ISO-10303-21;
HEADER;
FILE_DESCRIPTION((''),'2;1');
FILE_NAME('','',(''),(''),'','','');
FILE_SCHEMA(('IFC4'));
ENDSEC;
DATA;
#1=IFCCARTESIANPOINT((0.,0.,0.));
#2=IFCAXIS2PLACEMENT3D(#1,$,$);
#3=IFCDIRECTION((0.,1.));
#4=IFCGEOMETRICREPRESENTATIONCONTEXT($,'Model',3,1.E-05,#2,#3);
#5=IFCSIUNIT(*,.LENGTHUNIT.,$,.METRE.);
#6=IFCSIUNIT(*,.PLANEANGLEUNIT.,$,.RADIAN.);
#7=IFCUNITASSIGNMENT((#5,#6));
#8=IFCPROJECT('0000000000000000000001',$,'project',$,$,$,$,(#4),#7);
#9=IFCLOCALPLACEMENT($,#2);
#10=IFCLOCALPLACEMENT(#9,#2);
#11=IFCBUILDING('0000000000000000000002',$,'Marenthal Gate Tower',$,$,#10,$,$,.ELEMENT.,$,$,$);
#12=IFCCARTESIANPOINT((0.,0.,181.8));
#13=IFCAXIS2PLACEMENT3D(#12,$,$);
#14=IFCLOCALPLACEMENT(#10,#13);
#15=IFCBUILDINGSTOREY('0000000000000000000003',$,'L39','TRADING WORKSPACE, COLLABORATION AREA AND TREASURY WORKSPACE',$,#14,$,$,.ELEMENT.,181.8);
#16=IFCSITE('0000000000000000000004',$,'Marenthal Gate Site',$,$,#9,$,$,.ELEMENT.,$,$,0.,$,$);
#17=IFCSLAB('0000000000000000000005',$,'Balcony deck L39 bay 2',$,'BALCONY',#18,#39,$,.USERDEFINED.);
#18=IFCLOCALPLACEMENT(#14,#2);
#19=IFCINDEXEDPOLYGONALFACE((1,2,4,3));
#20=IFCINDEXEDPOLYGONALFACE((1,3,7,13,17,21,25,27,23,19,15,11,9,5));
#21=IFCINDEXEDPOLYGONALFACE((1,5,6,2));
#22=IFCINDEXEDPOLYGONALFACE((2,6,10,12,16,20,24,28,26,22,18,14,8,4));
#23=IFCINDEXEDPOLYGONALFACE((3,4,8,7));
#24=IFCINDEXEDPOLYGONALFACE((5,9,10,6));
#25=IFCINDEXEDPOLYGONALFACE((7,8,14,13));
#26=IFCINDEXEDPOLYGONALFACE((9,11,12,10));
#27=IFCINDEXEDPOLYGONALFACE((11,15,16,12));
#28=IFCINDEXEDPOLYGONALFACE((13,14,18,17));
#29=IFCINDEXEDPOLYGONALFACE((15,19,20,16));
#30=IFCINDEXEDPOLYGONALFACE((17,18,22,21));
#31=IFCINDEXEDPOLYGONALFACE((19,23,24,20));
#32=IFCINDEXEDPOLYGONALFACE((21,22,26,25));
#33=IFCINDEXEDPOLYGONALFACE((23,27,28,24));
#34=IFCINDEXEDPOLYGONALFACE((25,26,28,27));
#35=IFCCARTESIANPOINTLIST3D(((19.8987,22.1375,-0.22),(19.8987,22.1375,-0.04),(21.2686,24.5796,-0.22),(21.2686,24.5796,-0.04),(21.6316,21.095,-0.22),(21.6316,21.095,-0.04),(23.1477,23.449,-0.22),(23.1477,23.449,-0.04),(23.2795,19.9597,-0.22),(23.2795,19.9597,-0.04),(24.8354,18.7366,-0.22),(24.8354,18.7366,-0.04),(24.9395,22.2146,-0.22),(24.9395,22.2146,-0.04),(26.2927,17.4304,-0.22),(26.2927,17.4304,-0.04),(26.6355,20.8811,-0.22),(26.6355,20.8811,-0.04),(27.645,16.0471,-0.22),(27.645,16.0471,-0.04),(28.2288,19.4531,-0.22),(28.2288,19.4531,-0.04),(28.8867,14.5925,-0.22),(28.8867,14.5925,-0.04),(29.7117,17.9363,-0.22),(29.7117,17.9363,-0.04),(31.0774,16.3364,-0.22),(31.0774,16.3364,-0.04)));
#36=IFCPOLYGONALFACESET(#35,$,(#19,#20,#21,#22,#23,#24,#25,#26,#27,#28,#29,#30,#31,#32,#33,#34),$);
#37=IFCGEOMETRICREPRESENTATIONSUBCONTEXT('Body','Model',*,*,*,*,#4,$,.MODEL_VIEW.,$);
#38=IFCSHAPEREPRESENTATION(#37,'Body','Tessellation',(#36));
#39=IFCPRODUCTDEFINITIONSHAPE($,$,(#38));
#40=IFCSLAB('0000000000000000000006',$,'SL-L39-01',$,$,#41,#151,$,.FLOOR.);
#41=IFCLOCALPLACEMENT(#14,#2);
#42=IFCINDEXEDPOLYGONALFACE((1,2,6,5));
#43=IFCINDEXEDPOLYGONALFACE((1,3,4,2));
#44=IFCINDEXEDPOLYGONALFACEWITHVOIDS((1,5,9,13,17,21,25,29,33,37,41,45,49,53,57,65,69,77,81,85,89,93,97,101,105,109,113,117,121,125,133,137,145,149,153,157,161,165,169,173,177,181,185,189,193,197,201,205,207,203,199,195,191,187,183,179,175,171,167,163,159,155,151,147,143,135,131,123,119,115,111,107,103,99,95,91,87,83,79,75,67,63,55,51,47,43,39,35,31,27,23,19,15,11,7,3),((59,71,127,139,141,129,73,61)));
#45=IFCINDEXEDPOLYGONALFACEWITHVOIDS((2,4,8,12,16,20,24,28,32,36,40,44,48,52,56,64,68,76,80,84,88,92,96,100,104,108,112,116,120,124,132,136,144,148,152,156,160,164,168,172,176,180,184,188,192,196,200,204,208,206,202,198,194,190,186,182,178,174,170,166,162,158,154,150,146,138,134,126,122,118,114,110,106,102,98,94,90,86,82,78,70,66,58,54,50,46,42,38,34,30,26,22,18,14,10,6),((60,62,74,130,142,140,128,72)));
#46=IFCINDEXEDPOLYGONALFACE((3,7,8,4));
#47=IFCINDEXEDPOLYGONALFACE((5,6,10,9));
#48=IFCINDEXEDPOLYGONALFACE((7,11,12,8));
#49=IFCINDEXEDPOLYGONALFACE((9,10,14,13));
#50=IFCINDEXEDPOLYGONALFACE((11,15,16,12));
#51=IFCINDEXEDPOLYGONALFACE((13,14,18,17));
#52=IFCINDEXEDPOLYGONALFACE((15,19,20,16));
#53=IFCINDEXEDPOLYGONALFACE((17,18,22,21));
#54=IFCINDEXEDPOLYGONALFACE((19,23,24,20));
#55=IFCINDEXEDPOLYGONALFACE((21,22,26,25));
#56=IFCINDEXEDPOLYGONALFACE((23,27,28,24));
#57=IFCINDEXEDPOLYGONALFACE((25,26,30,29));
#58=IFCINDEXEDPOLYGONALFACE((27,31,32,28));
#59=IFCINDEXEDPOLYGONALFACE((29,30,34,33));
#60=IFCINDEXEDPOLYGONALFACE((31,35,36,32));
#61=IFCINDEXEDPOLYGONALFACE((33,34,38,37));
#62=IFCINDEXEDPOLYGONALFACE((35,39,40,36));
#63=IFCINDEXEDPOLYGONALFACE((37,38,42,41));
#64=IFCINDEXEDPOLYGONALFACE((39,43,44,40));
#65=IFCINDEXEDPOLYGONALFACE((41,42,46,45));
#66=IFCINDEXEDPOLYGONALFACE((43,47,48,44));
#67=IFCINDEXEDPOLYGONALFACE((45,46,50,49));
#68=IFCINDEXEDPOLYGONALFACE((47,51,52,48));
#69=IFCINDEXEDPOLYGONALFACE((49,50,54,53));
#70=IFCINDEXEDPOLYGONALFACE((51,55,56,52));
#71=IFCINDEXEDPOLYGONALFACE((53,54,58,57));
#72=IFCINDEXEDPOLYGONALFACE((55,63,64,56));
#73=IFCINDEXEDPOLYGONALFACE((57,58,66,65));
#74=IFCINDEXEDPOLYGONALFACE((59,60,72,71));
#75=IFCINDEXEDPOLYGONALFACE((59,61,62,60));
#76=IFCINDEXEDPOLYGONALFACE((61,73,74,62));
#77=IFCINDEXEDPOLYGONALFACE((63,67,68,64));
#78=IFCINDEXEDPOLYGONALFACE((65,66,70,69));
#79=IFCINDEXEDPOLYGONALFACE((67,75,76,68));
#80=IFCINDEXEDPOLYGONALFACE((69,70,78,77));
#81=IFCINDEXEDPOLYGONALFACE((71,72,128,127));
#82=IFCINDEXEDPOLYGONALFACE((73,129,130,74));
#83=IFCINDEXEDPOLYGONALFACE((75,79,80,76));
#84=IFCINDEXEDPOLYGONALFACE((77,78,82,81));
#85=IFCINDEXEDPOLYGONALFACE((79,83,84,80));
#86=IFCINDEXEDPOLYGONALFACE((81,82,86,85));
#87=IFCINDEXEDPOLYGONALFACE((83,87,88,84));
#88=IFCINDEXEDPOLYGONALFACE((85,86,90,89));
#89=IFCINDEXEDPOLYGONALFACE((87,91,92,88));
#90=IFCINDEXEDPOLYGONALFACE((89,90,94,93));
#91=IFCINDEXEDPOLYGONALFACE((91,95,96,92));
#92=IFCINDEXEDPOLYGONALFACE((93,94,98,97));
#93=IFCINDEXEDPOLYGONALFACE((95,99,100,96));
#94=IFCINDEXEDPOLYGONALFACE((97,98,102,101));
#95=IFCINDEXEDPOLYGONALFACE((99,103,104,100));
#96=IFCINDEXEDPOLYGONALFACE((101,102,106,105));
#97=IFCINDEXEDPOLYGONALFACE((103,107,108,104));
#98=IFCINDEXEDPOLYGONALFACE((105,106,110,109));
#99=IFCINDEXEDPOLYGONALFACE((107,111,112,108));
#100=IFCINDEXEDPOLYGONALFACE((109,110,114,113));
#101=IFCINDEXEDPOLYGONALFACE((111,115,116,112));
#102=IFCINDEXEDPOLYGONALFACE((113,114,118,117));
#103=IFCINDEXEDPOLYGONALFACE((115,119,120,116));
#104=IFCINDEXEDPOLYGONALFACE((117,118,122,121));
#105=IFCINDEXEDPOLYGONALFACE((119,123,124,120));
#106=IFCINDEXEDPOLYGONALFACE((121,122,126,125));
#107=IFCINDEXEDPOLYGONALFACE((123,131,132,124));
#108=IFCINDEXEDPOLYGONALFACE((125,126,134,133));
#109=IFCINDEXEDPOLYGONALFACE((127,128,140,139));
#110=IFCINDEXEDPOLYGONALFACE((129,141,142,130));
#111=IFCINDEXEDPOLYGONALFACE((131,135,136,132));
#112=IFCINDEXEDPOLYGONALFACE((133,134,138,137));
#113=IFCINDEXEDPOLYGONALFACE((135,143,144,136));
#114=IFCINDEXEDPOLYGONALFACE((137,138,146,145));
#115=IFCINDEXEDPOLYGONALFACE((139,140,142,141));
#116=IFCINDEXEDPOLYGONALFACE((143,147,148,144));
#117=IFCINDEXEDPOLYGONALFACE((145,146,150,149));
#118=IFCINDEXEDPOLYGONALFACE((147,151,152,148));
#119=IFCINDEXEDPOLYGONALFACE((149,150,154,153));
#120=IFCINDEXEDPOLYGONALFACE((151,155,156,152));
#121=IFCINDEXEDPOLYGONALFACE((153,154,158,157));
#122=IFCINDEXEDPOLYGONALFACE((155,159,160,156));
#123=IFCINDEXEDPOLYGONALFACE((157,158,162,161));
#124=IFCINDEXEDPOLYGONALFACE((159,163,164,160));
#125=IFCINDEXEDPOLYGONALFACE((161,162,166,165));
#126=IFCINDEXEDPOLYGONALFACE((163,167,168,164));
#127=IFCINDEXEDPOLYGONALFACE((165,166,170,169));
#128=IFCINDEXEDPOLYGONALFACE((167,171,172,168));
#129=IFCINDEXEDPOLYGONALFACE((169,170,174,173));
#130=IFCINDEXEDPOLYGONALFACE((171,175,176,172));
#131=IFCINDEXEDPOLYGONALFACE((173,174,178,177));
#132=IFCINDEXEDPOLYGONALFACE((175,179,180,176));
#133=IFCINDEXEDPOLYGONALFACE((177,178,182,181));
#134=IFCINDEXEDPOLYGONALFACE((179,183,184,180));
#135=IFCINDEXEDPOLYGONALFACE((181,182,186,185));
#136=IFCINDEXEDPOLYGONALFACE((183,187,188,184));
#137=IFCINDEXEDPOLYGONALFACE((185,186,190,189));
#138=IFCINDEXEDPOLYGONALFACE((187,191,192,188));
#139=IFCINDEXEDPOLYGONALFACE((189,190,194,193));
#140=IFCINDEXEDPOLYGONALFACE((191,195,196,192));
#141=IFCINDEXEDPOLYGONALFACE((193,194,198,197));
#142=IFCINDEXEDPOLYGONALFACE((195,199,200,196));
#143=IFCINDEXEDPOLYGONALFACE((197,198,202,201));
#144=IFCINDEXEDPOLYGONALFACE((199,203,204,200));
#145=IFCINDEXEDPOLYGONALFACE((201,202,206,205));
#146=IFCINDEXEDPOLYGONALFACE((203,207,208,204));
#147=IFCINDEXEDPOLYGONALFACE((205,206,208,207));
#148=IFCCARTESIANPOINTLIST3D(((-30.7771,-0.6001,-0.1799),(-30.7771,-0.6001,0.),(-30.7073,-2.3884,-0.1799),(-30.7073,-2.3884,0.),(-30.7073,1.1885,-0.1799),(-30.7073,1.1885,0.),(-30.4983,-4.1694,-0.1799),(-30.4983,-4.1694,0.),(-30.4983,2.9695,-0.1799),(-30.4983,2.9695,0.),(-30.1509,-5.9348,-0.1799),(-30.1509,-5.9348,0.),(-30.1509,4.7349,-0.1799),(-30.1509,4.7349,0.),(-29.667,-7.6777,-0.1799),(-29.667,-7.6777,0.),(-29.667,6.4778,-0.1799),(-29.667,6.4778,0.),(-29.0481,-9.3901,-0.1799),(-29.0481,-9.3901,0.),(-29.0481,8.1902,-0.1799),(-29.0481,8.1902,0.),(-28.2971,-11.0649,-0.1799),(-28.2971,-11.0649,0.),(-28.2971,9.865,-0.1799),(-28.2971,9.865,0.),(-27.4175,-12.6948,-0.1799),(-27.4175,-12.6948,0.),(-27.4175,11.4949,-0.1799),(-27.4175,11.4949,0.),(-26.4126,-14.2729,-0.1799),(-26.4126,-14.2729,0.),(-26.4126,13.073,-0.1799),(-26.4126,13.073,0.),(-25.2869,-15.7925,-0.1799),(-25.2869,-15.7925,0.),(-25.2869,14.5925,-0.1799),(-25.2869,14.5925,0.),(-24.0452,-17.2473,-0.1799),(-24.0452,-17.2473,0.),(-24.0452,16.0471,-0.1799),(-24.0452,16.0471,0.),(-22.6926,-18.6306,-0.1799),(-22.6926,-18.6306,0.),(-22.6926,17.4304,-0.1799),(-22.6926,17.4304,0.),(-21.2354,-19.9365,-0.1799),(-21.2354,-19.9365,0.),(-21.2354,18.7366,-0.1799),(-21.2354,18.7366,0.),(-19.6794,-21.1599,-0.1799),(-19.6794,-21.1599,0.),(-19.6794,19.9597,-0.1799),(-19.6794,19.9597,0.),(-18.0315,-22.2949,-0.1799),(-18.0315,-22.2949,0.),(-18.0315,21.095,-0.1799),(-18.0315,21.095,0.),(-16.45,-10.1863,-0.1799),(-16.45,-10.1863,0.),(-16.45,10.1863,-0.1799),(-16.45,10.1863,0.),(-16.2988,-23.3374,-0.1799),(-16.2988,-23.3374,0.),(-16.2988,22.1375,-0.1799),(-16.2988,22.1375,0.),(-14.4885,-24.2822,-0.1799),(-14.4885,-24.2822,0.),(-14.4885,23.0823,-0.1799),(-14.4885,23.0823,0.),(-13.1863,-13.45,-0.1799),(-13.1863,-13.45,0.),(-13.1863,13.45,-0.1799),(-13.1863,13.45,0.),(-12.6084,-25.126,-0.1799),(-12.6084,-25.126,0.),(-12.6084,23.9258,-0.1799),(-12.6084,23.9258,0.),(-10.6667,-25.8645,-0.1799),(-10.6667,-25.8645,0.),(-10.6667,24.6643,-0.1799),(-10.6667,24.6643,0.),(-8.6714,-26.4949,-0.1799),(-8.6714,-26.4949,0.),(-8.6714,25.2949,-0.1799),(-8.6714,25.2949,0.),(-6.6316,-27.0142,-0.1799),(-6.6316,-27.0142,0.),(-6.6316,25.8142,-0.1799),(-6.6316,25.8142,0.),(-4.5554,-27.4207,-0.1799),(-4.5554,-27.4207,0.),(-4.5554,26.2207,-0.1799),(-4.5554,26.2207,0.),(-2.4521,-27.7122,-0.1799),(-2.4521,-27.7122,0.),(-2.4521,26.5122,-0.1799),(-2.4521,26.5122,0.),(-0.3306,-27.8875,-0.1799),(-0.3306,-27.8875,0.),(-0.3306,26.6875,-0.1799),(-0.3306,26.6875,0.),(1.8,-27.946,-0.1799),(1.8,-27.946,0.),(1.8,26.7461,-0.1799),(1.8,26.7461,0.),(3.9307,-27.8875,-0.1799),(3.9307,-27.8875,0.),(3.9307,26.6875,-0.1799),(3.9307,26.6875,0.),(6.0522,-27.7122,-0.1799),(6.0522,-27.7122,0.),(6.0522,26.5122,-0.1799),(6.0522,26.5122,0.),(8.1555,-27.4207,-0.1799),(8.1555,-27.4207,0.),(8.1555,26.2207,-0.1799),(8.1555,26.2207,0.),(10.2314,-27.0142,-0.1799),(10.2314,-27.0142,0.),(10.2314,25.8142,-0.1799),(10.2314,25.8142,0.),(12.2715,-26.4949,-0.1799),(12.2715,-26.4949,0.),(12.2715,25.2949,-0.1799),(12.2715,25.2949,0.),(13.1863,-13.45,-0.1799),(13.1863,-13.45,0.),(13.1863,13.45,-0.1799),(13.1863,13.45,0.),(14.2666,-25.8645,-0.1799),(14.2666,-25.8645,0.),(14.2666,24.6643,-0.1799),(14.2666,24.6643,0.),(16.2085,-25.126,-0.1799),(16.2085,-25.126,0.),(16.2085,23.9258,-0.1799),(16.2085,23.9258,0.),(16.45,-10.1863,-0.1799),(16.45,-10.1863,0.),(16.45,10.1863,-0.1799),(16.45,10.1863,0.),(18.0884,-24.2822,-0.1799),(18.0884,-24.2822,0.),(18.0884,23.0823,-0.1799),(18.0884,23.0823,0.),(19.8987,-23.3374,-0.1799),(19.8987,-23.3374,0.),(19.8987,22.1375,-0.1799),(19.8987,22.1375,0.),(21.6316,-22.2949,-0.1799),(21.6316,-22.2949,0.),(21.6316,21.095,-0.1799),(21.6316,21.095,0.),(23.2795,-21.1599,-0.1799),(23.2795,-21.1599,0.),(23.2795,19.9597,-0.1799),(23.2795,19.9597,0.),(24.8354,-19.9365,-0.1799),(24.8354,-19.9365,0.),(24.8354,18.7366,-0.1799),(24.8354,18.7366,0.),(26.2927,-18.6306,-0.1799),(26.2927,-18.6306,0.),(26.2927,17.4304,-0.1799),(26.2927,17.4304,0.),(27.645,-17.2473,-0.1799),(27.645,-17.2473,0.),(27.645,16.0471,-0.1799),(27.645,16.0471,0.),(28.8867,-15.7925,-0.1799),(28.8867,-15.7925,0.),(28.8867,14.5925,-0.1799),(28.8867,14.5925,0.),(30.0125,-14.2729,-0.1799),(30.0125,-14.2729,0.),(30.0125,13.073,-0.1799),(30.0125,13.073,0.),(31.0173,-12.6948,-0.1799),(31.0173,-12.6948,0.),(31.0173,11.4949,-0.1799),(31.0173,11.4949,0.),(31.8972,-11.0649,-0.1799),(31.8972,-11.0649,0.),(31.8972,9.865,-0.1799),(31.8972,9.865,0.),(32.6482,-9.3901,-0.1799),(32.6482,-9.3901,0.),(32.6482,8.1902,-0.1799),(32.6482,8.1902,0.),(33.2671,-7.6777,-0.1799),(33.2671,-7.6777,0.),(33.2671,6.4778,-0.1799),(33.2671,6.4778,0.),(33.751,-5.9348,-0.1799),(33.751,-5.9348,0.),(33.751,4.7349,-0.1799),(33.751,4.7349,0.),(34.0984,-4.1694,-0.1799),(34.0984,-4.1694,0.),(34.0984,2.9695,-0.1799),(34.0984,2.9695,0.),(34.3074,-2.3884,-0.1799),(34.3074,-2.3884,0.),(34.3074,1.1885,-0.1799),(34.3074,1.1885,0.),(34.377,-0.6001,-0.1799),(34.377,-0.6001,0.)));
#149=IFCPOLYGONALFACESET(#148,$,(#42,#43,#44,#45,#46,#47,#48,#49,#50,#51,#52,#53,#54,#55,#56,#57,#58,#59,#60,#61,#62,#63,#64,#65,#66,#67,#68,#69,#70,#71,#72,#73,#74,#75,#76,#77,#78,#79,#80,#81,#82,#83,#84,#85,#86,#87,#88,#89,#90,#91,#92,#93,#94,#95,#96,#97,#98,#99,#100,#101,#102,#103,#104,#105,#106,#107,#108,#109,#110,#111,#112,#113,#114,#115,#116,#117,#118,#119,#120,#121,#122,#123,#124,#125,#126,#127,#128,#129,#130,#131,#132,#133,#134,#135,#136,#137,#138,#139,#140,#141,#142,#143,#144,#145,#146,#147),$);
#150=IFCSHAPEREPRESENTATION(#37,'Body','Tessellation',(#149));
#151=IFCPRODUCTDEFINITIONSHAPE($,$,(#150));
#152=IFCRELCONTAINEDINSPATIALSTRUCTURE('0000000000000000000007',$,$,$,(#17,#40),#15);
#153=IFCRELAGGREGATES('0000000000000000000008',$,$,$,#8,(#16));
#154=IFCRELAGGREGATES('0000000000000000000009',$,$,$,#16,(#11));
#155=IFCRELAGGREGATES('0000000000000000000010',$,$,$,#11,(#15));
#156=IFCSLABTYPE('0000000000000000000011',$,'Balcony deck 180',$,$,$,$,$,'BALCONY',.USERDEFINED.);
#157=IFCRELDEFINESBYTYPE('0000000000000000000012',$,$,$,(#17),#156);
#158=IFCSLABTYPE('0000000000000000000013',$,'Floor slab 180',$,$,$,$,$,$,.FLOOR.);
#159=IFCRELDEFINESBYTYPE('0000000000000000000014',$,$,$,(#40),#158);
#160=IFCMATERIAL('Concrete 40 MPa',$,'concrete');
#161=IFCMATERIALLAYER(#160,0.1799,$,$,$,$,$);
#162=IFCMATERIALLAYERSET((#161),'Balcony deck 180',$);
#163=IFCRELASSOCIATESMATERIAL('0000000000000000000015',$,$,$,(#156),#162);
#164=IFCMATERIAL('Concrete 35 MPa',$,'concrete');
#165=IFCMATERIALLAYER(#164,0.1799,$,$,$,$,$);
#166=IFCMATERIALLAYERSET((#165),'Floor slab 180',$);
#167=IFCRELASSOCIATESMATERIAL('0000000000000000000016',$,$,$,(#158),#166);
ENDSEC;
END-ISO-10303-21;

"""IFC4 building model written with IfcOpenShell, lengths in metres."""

from ifc_helpers import new_model, si_unit, direction, frame, origin, place, context, subcontext, project, spatial, polyline, outline, extrude, material, layer, layer_set, type_object, element, save


model = new_model("IFC4")

# Units and contexts
model_context = context("Model", 3, precision=1e-05, world=origin(), true_north=direction((0.0, 1.0)))
body_context = subcontext(model_context, "Body", "Model", "MODEL_VIEW")
ifc_project = project(units=[si_unit("LENGTHUNIT", "METRE"), si_unit("PLANEANGLEUNIT", "RADIAN")], contexts=[model_context])

# Site, building, storey
site_placement = place(None, origin())
site = spatial("IfcSite", under=ifc_project, at=site_placement, Name="Marenthal Gate Site", CompositionType="ELEMENT", RefElevation=0.0)
building_placement = place(site_placement, origin())
building = spatial("IfcBuilding", under=site, at=building_placement, Name="Marenthal Gate Tower", CompositionType="ELEMENT")
storey_placement = place(building_placement, frame((0.0, 0.0, 181.8)))
storey = spatial("IfcBuildingStorey", under=building, at=storey_placement, Name="L39", Description="TRADING WORKSPACE, COLLABORATION AREA AND TREASURY WORKSPACE", CompositionType="ELEMENT", Elevation=181.8)

# Slabs
ifc_material_1 = material(Name="Concrete 40 MPa", Category="concrete")
ifc_layer_1 = layer(ifc_material_1, 0.1799)
ifc_layer_set_1 = layer_set([ifc_layer_1], Name="Balcony deck 180")
slab_type_1 = type_object("IfcSlabType", Name="Balcony deck 180", ElementType="BALCONY", PredefinedType="USERDEFINED", material=ifc_layer_set_1)
slab_1_placement = place(storey_placement, frame((0.0, 0.0, -0.22)))
element("IfcSlab", 1, at=slab_1_placement, inside=storey, type_object=slab_type_1, Name="Balcony deck L39 bay 2", ObjectType="BALCONY", PredefinedType="USERDEFINED", context=body_context, shape_type="SweptSolid", body=[
    extrude(outline(polyline([(28.8867, 14.5925), (27.645, 16.0471), (26.2927, 17.4304), (24.8354, 18.7366), (23.2795, 19.9597), (21.6316, 21.095), (19.8987, 22.1375), (21.2686, 24.5796), (23.1477, 23.449), (24.9395, 22.2146), (26.6355, 20.8811), (28.2288, 19.4531), (29.7117, 17.9363), (31.0774, 16.3364), (28.8867, 14.5925)])), origin(), (0.0, 0.0, 1.0), 0.1799),
])
ifc_material_2 = material(Name="Concrete 35 MPa", Category="concrete")
ifc_layer_2 = layer(ifc_material_2, 0.1799)
ifc_layer_set_2 = layer_set([ifc_layer_2], Name="Floor slab 180")
slab_type_2 = type_object("IfcSlabType", Name="Floor slab 180", PredefinedType="FLOOR", material=ifc_layer_set_2)
slab_2_placement = place(storey_placement, frame((0.0, 0.0, -0.1799)))
element("IfcSlab", 2, at=slab_2_placement, inside=storey, type_object=slab_type_2, Name="SL-L39-01", PredefinedType="FLOOR", context=body_context, shape_type="SweptSolid", body=[
    extrude(outline(polyline([(34.377, -0.6001), (34.3074, 1.1885), (34.0984, 2.9695), (33.751, 4.7349), (33.2671, 6.4778), (32.6482, 8.1902), (31.8972, 9.865), (31.0173, 11.4949), (30.0125, 13.073), (28.8867, 14.5925), (27.645, 16.0471), (26.2927, 17.4304), (24.8354, 18.7366), (23.2795, 19.9597), (21.6316, 21.095), (19.8987, 22.1375), (18.0884, 23.0823), (16.2085, 23.9258), (14.2666, 24.6643), (12.2715, 25.2949), (10.2314, 25.8142), (8.1555, 26.2207), (6.0522, 26.5122), (3.9307, 26.6875), (1.8, 26.7461), (-0.3306, 26.6875), (-2.4521, 26.5122), (-4.5554, 26.2207), (-6.6316, 25.8142), (-8.6714, 25.2949), (-10.6667, 24.6643), (-12.6084, 23.9258), (-14.4885, 23.0823), (-16.2988, 22.1375), (-18.0315, 21.095), (-19.6794, 19.9597), (-21.2354, 18.7366), (-22.6926, 17.4304), (-24.0452, 16.0471), (-25.2869, 14.5925), (-26.4126, 13.073), (-27.4175, 11.4949), (-28.2971, 9.865), (-29.0481, 8.1902), (-29.667, 6.4778), (-30.1509, 4.7349), (-30.4983, 2.9695), (-30.7073, 1.1885), (-30.7771, -0.6001), (-30.7073, -2.3884), (-30.4983, -4.1694), (-30.1509, -5.9348), (-29.667, -7.6777), (-29.0481, -9.3901), (-28.2971, -11.0649), (-27.4175, -12.6948), (-26.4126, -14.2729), (-25.2869, -15.7925), (-24.0452, -17.2473), (-22.6926, -18.6306), (-21.2354, -19.9365), (-19.6794, -21.1599), (-18.0315, -22.2949), (-16.2988, -23.3374), (-14.4885, -24.2822), (-12.6084, -25.126), (-10.6667, -25.8645), (-8.6714, -26.4949), (-6.6316, -27.0142), (-4.5554, -27.4207), (-2.4521, -27.7122), (-0.3306, -27.8875), (1.8, -27.946), (3.9307, -27.8875), (6.0522, -27.7122), (8.1555, -27.4207), (10.2314, -27.0142), (12.2715, -26.4949), (14.2666, -25.8645), (16.2085, -25.126), (18.0884, -24.2822), (19.8987, -23.3374), (21.6316, -22.2949), (23.2795, -21.1599), (24.8354, -19.9365), (26.2927, -18.6306), (27.645, -17.2473), (28.8867, -15.7925), (30.0125, -14.2729), (31.0173, -12.6948), (31.8972, -11.0649), (32.6482, -9.3901), (33.2671, -7.6777), (33.751, -5.9348), (34.0984, -4.1694), (34.3074, -2.3884), (34.377, -0.6001)]), holes=[polyline([(13.1863, -13.45), (16.45, -10.1863), (16.45, 10.1863), (13.1863, 13.45), (-13.1863, 13.45), (-16.45, 10.1863), (-16.45, -10.1863), (-13.1863, -13.45), (13.1863, -13.45)])]), origin(), (0.0, 0.0, 1.0), 0.1799),
])

save(model, "model.ifc")
